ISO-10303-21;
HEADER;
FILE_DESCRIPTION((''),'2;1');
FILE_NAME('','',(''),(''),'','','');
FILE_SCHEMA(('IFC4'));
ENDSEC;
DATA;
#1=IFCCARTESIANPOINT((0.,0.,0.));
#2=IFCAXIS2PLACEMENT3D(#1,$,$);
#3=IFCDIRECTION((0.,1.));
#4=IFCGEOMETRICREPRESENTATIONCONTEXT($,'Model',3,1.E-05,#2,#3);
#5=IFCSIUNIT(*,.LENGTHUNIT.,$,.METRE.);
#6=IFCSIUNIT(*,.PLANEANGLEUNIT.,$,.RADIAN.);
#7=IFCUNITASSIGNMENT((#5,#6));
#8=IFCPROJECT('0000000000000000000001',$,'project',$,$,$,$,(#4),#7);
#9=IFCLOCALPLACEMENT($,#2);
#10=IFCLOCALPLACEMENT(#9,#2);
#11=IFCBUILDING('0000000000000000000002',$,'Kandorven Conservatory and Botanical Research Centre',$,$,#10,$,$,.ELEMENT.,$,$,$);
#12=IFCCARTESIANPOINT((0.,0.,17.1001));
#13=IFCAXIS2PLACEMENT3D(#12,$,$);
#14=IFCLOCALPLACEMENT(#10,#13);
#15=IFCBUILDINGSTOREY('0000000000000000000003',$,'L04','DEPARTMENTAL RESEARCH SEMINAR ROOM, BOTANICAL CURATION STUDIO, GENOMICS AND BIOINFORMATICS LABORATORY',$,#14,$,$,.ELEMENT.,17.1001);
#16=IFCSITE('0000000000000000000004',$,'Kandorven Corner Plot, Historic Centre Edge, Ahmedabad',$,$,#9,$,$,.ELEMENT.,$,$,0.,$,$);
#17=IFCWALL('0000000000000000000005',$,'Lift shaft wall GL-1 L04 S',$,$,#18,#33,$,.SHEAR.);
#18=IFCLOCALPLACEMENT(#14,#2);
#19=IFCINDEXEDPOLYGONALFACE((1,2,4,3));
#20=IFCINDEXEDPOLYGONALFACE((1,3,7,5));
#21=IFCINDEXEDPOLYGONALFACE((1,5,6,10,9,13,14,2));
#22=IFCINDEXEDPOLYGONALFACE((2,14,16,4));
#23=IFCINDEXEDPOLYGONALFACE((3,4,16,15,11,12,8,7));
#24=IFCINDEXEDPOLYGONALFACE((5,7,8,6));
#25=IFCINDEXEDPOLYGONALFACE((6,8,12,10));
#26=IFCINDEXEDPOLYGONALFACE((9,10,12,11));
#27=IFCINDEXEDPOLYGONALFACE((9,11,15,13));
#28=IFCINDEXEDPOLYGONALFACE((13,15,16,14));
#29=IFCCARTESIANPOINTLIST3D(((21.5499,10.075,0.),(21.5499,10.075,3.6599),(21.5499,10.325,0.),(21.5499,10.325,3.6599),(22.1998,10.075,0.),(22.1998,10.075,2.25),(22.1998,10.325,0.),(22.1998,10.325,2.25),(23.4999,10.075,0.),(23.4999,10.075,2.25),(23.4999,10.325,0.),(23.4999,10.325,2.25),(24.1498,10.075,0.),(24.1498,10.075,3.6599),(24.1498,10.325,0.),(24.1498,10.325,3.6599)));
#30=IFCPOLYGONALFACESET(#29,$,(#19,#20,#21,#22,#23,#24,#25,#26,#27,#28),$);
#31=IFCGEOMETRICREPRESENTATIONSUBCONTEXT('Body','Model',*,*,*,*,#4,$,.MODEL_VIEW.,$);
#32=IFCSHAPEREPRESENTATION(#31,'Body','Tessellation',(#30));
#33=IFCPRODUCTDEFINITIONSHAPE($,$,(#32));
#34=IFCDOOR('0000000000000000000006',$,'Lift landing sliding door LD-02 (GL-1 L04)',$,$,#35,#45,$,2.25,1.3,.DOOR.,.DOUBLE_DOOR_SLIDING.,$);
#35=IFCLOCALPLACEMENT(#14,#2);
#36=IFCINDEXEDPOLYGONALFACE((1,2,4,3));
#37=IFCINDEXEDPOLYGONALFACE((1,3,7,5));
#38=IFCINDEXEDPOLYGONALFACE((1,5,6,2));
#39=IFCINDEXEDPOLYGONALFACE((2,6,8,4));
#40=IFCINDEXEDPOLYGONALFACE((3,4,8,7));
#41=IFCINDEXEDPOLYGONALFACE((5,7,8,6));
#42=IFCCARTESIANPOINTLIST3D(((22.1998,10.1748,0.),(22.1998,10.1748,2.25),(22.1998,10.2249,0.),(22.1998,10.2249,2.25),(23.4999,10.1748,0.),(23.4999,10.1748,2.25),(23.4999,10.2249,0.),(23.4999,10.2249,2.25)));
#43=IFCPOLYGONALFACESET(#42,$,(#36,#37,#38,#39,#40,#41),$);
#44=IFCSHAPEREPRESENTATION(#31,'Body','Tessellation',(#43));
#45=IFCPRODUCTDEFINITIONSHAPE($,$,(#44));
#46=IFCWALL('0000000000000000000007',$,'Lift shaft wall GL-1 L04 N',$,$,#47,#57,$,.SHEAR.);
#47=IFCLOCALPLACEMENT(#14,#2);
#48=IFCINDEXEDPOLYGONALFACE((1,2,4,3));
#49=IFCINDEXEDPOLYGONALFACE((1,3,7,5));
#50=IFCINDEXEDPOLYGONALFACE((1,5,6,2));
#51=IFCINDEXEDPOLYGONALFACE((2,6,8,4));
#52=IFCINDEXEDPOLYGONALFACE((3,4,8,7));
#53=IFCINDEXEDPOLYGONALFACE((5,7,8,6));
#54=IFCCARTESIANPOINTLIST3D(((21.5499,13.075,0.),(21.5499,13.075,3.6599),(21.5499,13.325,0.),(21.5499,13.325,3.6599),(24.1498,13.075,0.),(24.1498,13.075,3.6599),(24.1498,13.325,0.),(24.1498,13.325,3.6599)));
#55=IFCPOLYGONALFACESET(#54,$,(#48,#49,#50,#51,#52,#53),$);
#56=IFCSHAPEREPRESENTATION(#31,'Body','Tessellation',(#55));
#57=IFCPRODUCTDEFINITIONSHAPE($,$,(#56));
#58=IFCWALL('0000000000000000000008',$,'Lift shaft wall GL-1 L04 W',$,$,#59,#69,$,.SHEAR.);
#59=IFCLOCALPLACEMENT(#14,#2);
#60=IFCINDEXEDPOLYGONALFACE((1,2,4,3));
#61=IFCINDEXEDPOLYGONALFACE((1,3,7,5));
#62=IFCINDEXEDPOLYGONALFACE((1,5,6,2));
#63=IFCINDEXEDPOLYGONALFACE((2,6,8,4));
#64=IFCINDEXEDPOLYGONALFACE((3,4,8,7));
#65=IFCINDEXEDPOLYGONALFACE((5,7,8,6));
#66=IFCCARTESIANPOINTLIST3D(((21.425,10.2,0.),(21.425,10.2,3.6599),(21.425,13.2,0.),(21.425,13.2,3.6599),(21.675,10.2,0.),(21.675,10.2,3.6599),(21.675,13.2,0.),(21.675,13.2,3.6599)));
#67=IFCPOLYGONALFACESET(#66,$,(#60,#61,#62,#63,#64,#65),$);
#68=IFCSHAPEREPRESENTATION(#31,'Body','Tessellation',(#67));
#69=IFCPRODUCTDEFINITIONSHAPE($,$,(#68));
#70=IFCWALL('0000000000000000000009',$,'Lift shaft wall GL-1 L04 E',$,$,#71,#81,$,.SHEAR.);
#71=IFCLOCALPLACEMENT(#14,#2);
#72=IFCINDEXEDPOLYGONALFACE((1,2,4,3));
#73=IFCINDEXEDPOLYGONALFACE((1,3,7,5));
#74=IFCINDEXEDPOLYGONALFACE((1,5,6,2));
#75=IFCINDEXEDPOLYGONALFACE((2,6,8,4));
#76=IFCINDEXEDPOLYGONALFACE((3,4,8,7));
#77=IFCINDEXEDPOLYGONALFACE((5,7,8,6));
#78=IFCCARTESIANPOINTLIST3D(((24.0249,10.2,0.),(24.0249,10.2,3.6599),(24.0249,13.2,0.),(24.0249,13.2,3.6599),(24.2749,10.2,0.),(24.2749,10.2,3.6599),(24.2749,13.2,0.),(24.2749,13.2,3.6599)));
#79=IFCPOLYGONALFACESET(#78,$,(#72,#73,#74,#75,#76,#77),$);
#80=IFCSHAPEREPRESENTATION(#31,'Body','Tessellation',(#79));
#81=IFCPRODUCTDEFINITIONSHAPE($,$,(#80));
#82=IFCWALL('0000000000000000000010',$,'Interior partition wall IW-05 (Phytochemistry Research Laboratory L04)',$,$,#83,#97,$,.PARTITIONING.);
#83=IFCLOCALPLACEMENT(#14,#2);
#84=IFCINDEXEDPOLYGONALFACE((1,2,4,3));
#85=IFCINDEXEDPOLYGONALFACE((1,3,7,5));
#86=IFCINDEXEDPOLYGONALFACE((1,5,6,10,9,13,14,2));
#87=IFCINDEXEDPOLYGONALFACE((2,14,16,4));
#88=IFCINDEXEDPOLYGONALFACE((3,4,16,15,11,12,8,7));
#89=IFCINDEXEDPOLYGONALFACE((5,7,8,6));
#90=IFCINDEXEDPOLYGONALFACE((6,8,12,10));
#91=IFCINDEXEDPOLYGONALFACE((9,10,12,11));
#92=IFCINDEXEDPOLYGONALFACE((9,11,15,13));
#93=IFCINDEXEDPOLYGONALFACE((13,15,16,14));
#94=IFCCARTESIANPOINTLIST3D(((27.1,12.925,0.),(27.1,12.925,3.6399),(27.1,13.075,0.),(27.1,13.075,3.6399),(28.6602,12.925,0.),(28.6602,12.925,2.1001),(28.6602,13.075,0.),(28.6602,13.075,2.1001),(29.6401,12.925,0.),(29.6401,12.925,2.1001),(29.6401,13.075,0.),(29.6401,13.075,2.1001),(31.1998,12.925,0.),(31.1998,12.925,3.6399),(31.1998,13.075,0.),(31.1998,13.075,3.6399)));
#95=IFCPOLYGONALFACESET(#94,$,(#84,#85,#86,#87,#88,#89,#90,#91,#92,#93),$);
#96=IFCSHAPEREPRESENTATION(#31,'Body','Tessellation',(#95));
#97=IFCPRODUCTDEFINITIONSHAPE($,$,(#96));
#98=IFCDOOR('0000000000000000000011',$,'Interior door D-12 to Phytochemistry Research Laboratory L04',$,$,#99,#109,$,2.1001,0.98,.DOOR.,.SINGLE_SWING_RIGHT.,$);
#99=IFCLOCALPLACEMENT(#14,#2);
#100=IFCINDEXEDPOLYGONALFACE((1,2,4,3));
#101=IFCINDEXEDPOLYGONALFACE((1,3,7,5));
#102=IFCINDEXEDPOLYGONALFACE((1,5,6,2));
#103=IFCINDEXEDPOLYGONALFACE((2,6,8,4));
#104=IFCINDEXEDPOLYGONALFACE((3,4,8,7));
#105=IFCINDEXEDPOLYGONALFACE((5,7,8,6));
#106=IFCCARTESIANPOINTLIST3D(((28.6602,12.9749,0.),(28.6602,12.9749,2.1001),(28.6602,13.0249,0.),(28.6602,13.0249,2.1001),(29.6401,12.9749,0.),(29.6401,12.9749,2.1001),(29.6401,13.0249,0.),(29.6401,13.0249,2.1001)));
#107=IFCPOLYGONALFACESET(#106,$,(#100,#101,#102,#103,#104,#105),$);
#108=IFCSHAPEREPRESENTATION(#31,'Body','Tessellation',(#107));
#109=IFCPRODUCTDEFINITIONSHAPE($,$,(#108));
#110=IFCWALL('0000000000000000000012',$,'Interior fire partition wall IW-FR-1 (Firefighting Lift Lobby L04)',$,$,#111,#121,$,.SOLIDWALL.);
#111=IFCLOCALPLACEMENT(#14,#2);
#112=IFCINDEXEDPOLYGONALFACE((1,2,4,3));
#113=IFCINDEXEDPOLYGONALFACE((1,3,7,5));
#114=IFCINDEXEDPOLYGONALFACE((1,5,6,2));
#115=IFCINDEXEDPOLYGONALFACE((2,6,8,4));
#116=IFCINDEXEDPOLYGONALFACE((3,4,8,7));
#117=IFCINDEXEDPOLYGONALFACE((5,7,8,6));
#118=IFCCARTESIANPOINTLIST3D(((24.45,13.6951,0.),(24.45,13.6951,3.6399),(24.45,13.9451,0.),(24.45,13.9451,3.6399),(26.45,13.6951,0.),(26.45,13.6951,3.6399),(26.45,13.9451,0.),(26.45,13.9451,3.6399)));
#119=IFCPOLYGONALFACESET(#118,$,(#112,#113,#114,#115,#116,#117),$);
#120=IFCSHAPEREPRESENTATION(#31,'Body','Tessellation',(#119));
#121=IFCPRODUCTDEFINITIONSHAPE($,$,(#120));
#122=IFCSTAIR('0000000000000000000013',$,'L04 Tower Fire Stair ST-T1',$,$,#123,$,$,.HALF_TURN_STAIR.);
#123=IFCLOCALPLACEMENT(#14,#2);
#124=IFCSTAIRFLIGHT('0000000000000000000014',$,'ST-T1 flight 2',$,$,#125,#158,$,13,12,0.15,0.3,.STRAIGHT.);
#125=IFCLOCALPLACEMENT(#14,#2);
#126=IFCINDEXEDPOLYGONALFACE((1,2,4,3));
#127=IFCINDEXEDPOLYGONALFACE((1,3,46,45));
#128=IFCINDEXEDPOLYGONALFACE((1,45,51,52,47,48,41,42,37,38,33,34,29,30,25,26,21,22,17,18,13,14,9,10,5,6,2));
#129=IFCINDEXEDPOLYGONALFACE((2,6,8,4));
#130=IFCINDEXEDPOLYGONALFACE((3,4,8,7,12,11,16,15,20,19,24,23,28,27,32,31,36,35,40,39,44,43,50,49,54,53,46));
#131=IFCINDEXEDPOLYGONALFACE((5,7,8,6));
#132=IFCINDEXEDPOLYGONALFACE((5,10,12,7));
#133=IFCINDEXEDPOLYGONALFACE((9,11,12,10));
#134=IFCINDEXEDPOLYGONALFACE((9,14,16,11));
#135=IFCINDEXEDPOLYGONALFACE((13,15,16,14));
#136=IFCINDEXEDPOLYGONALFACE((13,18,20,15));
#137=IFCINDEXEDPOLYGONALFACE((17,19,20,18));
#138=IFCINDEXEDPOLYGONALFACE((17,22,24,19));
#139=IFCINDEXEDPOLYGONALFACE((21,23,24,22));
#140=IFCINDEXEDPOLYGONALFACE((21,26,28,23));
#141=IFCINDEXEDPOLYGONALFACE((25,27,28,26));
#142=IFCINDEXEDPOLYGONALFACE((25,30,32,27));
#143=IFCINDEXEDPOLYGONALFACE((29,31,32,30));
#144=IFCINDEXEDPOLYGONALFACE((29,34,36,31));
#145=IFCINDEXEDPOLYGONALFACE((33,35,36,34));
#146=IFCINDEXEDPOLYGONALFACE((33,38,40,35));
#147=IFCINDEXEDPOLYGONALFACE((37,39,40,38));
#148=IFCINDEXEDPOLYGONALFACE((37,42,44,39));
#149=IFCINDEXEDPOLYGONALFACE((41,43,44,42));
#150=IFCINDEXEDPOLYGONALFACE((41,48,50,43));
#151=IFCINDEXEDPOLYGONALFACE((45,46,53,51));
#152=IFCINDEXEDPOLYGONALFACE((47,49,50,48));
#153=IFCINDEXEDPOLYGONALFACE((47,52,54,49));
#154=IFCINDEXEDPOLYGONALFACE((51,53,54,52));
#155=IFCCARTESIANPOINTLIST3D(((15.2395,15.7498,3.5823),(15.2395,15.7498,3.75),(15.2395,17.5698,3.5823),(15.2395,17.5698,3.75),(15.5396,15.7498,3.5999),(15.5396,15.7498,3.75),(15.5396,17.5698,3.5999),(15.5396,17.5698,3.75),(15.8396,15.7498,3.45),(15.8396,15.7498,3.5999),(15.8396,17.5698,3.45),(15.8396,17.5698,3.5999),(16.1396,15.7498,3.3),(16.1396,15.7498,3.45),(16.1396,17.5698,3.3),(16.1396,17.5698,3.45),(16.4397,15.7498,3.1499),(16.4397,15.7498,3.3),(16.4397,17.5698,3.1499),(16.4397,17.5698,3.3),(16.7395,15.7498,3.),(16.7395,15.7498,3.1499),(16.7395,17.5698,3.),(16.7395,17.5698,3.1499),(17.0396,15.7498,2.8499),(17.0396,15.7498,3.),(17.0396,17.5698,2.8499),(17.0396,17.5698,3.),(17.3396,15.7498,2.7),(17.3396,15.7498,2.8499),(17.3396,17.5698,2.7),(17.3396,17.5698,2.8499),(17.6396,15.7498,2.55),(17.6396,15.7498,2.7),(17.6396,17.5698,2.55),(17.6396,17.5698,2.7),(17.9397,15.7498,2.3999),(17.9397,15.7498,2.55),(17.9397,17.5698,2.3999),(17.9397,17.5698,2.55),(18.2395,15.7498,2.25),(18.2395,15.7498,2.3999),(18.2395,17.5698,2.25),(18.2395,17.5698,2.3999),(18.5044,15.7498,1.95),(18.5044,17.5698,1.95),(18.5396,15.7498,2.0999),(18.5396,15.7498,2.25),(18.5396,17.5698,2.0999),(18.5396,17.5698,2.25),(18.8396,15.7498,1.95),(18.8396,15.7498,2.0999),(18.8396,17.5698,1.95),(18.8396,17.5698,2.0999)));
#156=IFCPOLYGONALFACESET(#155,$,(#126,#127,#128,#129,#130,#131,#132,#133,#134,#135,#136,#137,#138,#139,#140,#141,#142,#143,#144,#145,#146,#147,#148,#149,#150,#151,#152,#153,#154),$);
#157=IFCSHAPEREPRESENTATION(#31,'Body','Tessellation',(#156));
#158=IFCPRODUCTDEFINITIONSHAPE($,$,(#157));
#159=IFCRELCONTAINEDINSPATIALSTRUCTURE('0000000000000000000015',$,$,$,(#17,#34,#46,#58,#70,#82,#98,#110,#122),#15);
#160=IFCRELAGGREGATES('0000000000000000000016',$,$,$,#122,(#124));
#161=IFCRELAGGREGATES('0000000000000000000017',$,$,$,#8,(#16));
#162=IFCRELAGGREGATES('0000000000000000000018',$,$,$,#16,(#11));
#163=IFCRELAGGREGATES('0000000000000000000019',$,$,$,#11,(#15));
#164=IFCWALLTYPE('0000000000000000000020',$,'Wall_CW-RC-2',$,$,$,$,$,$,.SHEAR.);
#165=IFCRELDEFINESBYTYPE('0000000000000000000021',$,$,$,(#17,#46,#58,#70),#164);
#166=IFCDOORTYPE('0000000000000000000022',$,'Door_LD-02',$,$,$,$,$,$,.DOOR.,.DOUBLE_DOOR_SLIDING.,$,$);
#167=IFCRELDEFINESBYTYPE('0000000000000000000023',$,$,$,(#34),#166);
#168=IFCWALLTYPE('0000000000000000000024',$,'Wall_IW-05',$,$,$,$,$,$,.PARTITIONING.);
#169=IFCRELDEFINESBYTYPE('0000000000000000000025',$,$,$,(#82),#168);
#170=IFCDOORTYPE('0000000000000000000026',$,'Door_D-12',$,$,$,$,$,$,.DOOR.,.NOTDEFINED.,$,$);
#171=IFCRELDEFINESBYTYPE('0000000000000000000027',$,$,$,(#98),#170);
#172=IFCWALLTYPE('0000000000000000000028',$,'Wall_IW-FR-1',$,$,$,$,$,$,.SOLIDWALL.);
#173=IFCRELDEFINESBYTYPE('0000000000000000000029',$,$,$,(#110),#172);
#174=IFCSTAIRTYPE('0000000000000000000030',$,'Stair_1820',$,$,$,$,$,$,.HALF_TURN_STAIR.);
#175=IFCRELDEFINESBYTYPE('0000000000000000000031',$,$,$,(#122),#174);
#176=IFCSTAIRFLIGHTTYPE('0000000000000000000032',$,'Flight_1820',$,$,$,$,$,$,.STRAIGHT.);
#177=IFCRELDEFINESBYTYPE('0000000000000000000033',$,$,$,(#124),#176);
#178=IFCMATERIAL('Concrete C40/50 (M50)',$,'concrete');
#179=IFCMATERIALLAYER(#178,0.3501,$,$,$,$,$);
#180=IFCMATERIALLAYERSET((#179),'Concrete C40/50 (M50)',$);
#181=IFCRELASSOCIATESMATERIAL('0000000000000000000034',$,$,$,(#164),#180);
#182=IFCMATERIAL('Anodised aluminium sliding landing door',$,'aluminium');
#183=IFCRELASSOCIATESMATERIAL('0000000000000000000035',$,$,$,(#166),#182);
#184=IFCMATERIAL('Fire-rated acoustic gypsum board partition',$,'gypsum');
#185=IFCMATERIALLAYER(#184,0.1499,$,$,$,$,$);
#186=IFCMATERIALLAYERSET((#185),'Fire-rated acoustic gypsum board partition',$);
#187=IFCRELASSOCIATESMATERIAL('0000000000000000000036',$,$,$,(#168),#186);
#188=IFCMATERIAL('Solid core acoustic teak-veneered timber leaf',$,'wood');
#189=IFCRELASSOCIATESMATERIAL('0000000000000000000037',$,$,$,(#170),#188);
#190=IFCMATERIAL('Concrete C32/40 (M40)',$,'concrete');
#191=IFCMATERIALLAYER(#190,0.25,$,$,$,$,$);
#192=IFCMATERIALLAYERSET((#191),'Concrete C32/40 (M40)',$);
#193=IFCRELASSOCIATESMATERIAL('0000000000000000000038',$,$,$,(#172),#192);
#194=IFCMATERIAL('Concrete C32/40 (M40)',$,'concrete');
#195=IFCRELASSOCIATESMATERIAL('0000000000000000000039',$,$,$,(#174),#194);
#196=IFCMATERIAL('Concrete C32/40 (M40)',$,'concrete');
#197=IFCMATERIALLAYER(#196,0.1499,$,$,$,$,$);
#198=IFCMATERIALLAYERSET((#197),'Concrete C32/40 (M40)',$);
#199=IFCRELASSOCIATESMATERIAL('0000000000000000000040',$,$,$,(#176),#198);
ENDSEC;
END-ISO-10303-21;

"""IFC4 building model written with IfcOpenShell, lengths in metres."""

from ifc_helpers import new_model, si_unit, direction, frame, frame_2d, origin, place, context, subcontext, project, spatial, polyline, rectangle, outline, extrude, material, layer, layer_set, type_object, element, fill, aggregate, save


model = new_model("IFC4")

# Units and contexts
model_context = context("Model", 3, precision=1e-05, world=origin(), true_north=direction((0.0, 1.0)))
body_context = subcontext(model_context, "Body", "Model", "MODEL_VIEW")
ifc_project = project(units=[si_unit("LENGTHUNIT", "METRE"), si_unit("PLANEANGLEUNIT", "RADIAN")], contexts=[model_context])

# Site, building, storey
site_placement = place(None, origin())
site = spatial("IfcSite", under=ifc_project, at=site_placement, Name="Kandorven Corner Plot, Historic Centre Edge, Ahmedabad", CompositionType="ELEMENT", RefElevation=0.0)
building_placement = place(site_placement, origin())
building = spatial("IfcBuilding", under=site, at=building_placement, Name="Kandorven Conservatory and Botanical Research Centre", CompositionType="ELEMENT")
storey_placement = place(building_placement, frame((0.0, 0.0, 17.1001)))
storey = spatial("IfcBuildingStorey", under=building, at=storey_placement, Name="L04", Description="DEPARTMENTAL RESEARCH SEMINAR ROOM, BOTANICAL CURATION STUDIO, GENOMICS AND BIOINFORMATICS LABORATORY", CompositionType="ELEMENT", Elevation=17.1001)

# Shared definitions
ifc_material_1 = material(Name="Concrete C40/50 (M50)", Category="concrete")
ifc_layer_1 = layer(ifc_material_1, 0.3501)
ifc_layer_set_1 = layer_set([ifc_layer_1], Name="Concrete C40/50 (M50)")
wall_type_1 = type_object("IfcWallType", Name="Wall_CW-RC-2", PredefinedType="SHEAR", material=ifc_layer_set_1)

# Wall, opening, door
wall_1_placement = place(storey_placement, frame((21.55, 10.2, 0.0), z_axis=(0.0, 0.0, 1.0), x_axis=(1.0, 0.0, 0.0)))
wall_1 = element("IfcWall", 1, at=wall_1_placement, inside=storey, type_object=wall_type_1, Name="Lift shaft wall GL-1 L04 S", PredefinedType="SHEAR", context=body_context, shape_type="SweptSolid", body=[
    extrude(rectangle(XDim=2.5999, YDim=0.25, at=frame_2d((1.2998, 0.0))), origin(), (0.0, 0.0, 1.0), 3.6599),
])
opening_1_placement = place(wall_1_placement, frame((0.6499, 0.0, 0.0)))
opening_1 = element("IfcOpeningElement", 2, at=opening_1_placement, cuts=wall_1, PredefinedType="OPENING", context=body_context, shape_type="SweptSolid", body=[
    extrude(rectangle(XDim=1.3, YDim=2.25, at=frame_2d((0.6499, 1.125))), frame((0.0, 0.135, 0.0), z_axis=(0.0, -1.0, 0.0), x_axis=(1.0, 0.0, 0.0)), (0.0, 0.0, 1.0), 0.27),
])
ifc_material_2 = material(Name="Anodised aluminium sliding landing door", Category="aluminium")
door_type_1 = type_object("IfcDoorType", Name="Door_LD-02", OperationType="DOUBLE_DOOR_SLIDING", PredefinedType="DOOR", material=ifc_material_2)
door_1_placement = place(opening_1_placement, origin())
door_1 = element("IfcDoor", 3, at=door_1_placement, inside=storey, type_object=door_type_1, Name="Lift landing sliding door LD-02 (GL-1 L04)", OperationType="DOUBLE_DOOR_SLIDING", OverallHeight=2.25, OverallWidth=1.3, PredefinedType="DOOR", context=body_context, shape_type="SweptSolid", body=[
    extrude(rectangle(XDim=1.3, YDim=2.25, at=frame_2d((0.6499, 1.125))), frame((0.0, 0.0249, 0.0), z_axis=(0.0, -1.0, 0.0), x_axis=(1.0, 0.0, 0.0)), (0.0, 0.0, 1.0), 0.05),
])
fill(opening_1, door_1)

# Walls
wall_2_placement = place(storey_placement, frame((21.55, 13.2, 0.0), z_axis=(0.0, 0.0, 1.0), x_axis=(1.0, 0.0, 0.0)))
element("IfcWall", 4, at=wall_2_placement, inside=storey, type_object=wall_type_1, Name="Lift shaft wall GL-1 L04 N", PredefinedType="SHEAR", context=body_context, shape_type="SweptSolid", body=[
    extrude(rectangle(XDim=2.5999, YDim=0.25, at=frame_2d((1.2998, 0.0))), origin(), (0.0, 0.0, 1.0), 3.6599),
])
for number, where, z_axis, x_axis, name in (
    (5, (21.55, 10.2, 0.0), (0.0, 0.0, 1.0), (0.0, 1.0, 0.0), "Lift shaft wall GL-1 L04 W"),
    (6, (24.1499, 10.2, 0.0), (0.0, 0.0, 1.0), (0.0, 1.0, 0.0), "Lift shaft wall GL-1 L04 E"),
):
    element("IfcWall", number, at=place(storey_placement, frame(where, z_axis=z_axis, x_axis=x_axis)), inside=storey, type_object=wall_type_1, Name=name, PredefinedType="SHEAR", context=body_context, shape_type="SweptSolid", body=[
        extrude(rectangle(XDim=3.0, YDim=0.25, at=frame_2d((1.5, 0.0))), origin(), (0.0, 0.0, 1.0), 3.6599),
    ])

# Wall, opening, door
ifc_material_3 = material(Name="Fire-rated acoustic gypsum board partition", Category="gypsum")
ifc_layer_2 = layer(ifc_material_3, 0.1499)
ifc_layer_set_2 = layer_set([ifc_layer_2], Name="Fire-rated acoustic gypsum board partition")
wall_type_2 = type_object("IfcWallType", Name="Wall_IW-05", PredefinedType="PARTITIONING", material=ifc_layer_set_2)
wall_3_placement = place(storey_placement, frame((27.1001, 13.0, 0.0), z_axis=(0.0, 0.0, 1.0), x_axis=(1.0, 0.0, 0.0)))
wall_3 = element("IfcWall", 7, at=wall_3_placement, inside=storey, type_object=wall_type_2, Name="Interior partition wall IW-05 (Phytochemistry Research Laboratory L04)", PredefinedType="PARTITIONING", context=body_context, shape_type="SweptSolid", body=[
    extrude(rectangle(XDim=4.0999, YDim=0.1499, at=frame_2d((2.0498, 0.0))), origin(), (0.0, 0.0, 1.0), 3.6399),
])
opening_2_placement = place(wall_3_placement, frame((1.5601, 0.0, 0.0)))
opening_2 = element("IfcOpeningElement", 8, at=opening_2_placement, cuts=wall_3, PredefinedType="OPENING", context=body_context, shape_type="SweptSolid", body=[
    extrude(rectangle(XDim=0.98, YDim=2.1001, at=frame_2d((0.49, 1.05))), frame((0.0, 0.085, 0.0), z_axis=(0.0, -1.0, 0.0), x_axis=(1.0, 0.0, 0.0)), (0.0, 0.0, 1.0), 0.1699),
])
ifc_material_4 = material(Name="Solid core acoustic teak-veneered timber leaf", Category="wood")
door_type_2 = type_object("IfcDoorType", Name="Door_D-12", OperationType="NOTDEFINED", PredefinedType="DOOR", material=ifc_material_4)
door_2_placement = place(opening_2_placement, origin())
door_2 = element("IfcDoor", 9, at=door_2_placement, inside=storey, type_object=door_type_2, Name="Interior door D-12 to Phytochemistry Research Laboratory L04", OperationType="SINGLE_SWING_RIGHT", OverallHeight=2.1001, OverallWidth=0.98, PredefinedType="DOOR", context=body_context, shape_type="SweptSolid", body=[
    extrude(rectangle(XDim=0.98, YDim=2.1001, at=frame_2d((0.49, 1.05))), frame((0.0, 0.0249, 0.0), z_axis=(0.0, -1.0, 0.0), x_axis=(1.0, 0.0, 0.0)), (0.0, 0.0, 1.0), 0.05),
])
fill(opening_2, door_2)

# Wall
ifc_material_5 = material(Name="Concrete C32/40 (M40)", Category="concrete")
ifc_layer_3 = layer(ifc_material_5, 0.25)
ifc_layer_set_3 = layer_set([ifc_layer_3], Name="Concrete C32/40 (M40)")
wall_type_3 = type_object("IfcWallType", Name="Wall_IW-FR-1", PredefinedType="SOLIDWALL", material=ifc_layer_set_3)
wall_4_placement = place(storey_placement, frame((24.45, 13.8201, 0.0), z_axis=(0.0, 0.0, 1.0), x_axis=(1.0, 0.0, 0.0)))
element("IfcWall", 10, at=wall_4_placement, inside=storey, type_object=wall_type_3, Name="Interior fire partition wall IW-FR-1 (Firefighting Lift Lobby L04)", PredefinedType="SOLIDWALL", context=body_context, shape_type="SweptSolid", body=[
    extrude(rectangle(XDim=2.0, YDim=0.25, at=frame_2d((1.0, 0.0))), origin(), (0.0, 0.0, 1.0), 3.6399),
])

# Stair, stair flight
ifc_material_6 = material(Name="Concrete C32/40 (M40)", Category="concrete")
stair_type = type_object("IfcStairType", Name="Stair_1820", PredefinedType="HALF_TURN_STAIR", material=ifc_material_6)
stair_placement = place(storey_placement, origin())
stair = element("IfcStair", 11, at=stair_placement, inside=storey, type_object=stair_type, Name="L04 Tower Fire Stair ST-T1", PredefinedType="HALF_TURN_STAIR")
ifc_material_7 = material(Name="Concrete C32/40 (M40)", Category="concrete")
ifc_layer_4 = layer(ifc_material_7, 0.1499)
ifc_layer_set_4 = layer_set([ifc_layer_4], Name="Concrete C32/40 (M40)")
stair_flight_type = type_object("IfcStairFlightType", Name="Flight_1820", PredefinedType="STRAIGHT", material=ifc_layer_set_4)
stair_flight_placement = place(storey_placement, frame((18.8396, 16.6599, 1.95), z_axis=(0.0, 0.0, 1.0), x_axis=(-1.0, 0.0, 0.0)))
stair_flight = element("IfcStairFlight", 12, at=stair_flight_placement, type_object=stair_flight_type, Name="ST-T1 flight 2", NumberOfRisers=13, NumberOfTreads=12, PredefinedType="STRAIGHT", RiserHeight=0.15, TreadLength=0.3, context=body_context, shape_type="SweptSolid", body=[
    extrude(outline(polyline([(0.0, 0.0), (0.0, 0.1499), (0.3, 0.1499), (0.3, 0.3), (0.6001, 0.3), (0.6001, 0.45), (0.8999, 0.45), (0.8999, 0.6001), (1.2, 0.6001), (1.2, 0.75), (1.5, 0.75), (1.5, 0.8999), (1.8, 0.8999), (1.8, 1.05), (2.1001, 1.05), (2.1001, 1.2), (2.3999, 1.2), (2.3999, 1.3501), (2.7, 1.3501), (2.7, 1.5), (3.0, 1.5), (3.0, 1.6499), (3.3, 1.6499), (3.3, 1.8), (3.6001, 1.8), (3.6001, 1.95), (3.6001, 1.6323), (0.3352, 0.0), (0.0, 0.0)])), frame((0.0, 0.9102, 0.0), z_axis=(0.0, -1.0, 0.0), x_axis=(1.0, 0.0, 0.0)), (0.0, 0.0, 1.0), 1.8201),
])
aggregate(stair, [stair_flight])

save(model, "model.ifc")
